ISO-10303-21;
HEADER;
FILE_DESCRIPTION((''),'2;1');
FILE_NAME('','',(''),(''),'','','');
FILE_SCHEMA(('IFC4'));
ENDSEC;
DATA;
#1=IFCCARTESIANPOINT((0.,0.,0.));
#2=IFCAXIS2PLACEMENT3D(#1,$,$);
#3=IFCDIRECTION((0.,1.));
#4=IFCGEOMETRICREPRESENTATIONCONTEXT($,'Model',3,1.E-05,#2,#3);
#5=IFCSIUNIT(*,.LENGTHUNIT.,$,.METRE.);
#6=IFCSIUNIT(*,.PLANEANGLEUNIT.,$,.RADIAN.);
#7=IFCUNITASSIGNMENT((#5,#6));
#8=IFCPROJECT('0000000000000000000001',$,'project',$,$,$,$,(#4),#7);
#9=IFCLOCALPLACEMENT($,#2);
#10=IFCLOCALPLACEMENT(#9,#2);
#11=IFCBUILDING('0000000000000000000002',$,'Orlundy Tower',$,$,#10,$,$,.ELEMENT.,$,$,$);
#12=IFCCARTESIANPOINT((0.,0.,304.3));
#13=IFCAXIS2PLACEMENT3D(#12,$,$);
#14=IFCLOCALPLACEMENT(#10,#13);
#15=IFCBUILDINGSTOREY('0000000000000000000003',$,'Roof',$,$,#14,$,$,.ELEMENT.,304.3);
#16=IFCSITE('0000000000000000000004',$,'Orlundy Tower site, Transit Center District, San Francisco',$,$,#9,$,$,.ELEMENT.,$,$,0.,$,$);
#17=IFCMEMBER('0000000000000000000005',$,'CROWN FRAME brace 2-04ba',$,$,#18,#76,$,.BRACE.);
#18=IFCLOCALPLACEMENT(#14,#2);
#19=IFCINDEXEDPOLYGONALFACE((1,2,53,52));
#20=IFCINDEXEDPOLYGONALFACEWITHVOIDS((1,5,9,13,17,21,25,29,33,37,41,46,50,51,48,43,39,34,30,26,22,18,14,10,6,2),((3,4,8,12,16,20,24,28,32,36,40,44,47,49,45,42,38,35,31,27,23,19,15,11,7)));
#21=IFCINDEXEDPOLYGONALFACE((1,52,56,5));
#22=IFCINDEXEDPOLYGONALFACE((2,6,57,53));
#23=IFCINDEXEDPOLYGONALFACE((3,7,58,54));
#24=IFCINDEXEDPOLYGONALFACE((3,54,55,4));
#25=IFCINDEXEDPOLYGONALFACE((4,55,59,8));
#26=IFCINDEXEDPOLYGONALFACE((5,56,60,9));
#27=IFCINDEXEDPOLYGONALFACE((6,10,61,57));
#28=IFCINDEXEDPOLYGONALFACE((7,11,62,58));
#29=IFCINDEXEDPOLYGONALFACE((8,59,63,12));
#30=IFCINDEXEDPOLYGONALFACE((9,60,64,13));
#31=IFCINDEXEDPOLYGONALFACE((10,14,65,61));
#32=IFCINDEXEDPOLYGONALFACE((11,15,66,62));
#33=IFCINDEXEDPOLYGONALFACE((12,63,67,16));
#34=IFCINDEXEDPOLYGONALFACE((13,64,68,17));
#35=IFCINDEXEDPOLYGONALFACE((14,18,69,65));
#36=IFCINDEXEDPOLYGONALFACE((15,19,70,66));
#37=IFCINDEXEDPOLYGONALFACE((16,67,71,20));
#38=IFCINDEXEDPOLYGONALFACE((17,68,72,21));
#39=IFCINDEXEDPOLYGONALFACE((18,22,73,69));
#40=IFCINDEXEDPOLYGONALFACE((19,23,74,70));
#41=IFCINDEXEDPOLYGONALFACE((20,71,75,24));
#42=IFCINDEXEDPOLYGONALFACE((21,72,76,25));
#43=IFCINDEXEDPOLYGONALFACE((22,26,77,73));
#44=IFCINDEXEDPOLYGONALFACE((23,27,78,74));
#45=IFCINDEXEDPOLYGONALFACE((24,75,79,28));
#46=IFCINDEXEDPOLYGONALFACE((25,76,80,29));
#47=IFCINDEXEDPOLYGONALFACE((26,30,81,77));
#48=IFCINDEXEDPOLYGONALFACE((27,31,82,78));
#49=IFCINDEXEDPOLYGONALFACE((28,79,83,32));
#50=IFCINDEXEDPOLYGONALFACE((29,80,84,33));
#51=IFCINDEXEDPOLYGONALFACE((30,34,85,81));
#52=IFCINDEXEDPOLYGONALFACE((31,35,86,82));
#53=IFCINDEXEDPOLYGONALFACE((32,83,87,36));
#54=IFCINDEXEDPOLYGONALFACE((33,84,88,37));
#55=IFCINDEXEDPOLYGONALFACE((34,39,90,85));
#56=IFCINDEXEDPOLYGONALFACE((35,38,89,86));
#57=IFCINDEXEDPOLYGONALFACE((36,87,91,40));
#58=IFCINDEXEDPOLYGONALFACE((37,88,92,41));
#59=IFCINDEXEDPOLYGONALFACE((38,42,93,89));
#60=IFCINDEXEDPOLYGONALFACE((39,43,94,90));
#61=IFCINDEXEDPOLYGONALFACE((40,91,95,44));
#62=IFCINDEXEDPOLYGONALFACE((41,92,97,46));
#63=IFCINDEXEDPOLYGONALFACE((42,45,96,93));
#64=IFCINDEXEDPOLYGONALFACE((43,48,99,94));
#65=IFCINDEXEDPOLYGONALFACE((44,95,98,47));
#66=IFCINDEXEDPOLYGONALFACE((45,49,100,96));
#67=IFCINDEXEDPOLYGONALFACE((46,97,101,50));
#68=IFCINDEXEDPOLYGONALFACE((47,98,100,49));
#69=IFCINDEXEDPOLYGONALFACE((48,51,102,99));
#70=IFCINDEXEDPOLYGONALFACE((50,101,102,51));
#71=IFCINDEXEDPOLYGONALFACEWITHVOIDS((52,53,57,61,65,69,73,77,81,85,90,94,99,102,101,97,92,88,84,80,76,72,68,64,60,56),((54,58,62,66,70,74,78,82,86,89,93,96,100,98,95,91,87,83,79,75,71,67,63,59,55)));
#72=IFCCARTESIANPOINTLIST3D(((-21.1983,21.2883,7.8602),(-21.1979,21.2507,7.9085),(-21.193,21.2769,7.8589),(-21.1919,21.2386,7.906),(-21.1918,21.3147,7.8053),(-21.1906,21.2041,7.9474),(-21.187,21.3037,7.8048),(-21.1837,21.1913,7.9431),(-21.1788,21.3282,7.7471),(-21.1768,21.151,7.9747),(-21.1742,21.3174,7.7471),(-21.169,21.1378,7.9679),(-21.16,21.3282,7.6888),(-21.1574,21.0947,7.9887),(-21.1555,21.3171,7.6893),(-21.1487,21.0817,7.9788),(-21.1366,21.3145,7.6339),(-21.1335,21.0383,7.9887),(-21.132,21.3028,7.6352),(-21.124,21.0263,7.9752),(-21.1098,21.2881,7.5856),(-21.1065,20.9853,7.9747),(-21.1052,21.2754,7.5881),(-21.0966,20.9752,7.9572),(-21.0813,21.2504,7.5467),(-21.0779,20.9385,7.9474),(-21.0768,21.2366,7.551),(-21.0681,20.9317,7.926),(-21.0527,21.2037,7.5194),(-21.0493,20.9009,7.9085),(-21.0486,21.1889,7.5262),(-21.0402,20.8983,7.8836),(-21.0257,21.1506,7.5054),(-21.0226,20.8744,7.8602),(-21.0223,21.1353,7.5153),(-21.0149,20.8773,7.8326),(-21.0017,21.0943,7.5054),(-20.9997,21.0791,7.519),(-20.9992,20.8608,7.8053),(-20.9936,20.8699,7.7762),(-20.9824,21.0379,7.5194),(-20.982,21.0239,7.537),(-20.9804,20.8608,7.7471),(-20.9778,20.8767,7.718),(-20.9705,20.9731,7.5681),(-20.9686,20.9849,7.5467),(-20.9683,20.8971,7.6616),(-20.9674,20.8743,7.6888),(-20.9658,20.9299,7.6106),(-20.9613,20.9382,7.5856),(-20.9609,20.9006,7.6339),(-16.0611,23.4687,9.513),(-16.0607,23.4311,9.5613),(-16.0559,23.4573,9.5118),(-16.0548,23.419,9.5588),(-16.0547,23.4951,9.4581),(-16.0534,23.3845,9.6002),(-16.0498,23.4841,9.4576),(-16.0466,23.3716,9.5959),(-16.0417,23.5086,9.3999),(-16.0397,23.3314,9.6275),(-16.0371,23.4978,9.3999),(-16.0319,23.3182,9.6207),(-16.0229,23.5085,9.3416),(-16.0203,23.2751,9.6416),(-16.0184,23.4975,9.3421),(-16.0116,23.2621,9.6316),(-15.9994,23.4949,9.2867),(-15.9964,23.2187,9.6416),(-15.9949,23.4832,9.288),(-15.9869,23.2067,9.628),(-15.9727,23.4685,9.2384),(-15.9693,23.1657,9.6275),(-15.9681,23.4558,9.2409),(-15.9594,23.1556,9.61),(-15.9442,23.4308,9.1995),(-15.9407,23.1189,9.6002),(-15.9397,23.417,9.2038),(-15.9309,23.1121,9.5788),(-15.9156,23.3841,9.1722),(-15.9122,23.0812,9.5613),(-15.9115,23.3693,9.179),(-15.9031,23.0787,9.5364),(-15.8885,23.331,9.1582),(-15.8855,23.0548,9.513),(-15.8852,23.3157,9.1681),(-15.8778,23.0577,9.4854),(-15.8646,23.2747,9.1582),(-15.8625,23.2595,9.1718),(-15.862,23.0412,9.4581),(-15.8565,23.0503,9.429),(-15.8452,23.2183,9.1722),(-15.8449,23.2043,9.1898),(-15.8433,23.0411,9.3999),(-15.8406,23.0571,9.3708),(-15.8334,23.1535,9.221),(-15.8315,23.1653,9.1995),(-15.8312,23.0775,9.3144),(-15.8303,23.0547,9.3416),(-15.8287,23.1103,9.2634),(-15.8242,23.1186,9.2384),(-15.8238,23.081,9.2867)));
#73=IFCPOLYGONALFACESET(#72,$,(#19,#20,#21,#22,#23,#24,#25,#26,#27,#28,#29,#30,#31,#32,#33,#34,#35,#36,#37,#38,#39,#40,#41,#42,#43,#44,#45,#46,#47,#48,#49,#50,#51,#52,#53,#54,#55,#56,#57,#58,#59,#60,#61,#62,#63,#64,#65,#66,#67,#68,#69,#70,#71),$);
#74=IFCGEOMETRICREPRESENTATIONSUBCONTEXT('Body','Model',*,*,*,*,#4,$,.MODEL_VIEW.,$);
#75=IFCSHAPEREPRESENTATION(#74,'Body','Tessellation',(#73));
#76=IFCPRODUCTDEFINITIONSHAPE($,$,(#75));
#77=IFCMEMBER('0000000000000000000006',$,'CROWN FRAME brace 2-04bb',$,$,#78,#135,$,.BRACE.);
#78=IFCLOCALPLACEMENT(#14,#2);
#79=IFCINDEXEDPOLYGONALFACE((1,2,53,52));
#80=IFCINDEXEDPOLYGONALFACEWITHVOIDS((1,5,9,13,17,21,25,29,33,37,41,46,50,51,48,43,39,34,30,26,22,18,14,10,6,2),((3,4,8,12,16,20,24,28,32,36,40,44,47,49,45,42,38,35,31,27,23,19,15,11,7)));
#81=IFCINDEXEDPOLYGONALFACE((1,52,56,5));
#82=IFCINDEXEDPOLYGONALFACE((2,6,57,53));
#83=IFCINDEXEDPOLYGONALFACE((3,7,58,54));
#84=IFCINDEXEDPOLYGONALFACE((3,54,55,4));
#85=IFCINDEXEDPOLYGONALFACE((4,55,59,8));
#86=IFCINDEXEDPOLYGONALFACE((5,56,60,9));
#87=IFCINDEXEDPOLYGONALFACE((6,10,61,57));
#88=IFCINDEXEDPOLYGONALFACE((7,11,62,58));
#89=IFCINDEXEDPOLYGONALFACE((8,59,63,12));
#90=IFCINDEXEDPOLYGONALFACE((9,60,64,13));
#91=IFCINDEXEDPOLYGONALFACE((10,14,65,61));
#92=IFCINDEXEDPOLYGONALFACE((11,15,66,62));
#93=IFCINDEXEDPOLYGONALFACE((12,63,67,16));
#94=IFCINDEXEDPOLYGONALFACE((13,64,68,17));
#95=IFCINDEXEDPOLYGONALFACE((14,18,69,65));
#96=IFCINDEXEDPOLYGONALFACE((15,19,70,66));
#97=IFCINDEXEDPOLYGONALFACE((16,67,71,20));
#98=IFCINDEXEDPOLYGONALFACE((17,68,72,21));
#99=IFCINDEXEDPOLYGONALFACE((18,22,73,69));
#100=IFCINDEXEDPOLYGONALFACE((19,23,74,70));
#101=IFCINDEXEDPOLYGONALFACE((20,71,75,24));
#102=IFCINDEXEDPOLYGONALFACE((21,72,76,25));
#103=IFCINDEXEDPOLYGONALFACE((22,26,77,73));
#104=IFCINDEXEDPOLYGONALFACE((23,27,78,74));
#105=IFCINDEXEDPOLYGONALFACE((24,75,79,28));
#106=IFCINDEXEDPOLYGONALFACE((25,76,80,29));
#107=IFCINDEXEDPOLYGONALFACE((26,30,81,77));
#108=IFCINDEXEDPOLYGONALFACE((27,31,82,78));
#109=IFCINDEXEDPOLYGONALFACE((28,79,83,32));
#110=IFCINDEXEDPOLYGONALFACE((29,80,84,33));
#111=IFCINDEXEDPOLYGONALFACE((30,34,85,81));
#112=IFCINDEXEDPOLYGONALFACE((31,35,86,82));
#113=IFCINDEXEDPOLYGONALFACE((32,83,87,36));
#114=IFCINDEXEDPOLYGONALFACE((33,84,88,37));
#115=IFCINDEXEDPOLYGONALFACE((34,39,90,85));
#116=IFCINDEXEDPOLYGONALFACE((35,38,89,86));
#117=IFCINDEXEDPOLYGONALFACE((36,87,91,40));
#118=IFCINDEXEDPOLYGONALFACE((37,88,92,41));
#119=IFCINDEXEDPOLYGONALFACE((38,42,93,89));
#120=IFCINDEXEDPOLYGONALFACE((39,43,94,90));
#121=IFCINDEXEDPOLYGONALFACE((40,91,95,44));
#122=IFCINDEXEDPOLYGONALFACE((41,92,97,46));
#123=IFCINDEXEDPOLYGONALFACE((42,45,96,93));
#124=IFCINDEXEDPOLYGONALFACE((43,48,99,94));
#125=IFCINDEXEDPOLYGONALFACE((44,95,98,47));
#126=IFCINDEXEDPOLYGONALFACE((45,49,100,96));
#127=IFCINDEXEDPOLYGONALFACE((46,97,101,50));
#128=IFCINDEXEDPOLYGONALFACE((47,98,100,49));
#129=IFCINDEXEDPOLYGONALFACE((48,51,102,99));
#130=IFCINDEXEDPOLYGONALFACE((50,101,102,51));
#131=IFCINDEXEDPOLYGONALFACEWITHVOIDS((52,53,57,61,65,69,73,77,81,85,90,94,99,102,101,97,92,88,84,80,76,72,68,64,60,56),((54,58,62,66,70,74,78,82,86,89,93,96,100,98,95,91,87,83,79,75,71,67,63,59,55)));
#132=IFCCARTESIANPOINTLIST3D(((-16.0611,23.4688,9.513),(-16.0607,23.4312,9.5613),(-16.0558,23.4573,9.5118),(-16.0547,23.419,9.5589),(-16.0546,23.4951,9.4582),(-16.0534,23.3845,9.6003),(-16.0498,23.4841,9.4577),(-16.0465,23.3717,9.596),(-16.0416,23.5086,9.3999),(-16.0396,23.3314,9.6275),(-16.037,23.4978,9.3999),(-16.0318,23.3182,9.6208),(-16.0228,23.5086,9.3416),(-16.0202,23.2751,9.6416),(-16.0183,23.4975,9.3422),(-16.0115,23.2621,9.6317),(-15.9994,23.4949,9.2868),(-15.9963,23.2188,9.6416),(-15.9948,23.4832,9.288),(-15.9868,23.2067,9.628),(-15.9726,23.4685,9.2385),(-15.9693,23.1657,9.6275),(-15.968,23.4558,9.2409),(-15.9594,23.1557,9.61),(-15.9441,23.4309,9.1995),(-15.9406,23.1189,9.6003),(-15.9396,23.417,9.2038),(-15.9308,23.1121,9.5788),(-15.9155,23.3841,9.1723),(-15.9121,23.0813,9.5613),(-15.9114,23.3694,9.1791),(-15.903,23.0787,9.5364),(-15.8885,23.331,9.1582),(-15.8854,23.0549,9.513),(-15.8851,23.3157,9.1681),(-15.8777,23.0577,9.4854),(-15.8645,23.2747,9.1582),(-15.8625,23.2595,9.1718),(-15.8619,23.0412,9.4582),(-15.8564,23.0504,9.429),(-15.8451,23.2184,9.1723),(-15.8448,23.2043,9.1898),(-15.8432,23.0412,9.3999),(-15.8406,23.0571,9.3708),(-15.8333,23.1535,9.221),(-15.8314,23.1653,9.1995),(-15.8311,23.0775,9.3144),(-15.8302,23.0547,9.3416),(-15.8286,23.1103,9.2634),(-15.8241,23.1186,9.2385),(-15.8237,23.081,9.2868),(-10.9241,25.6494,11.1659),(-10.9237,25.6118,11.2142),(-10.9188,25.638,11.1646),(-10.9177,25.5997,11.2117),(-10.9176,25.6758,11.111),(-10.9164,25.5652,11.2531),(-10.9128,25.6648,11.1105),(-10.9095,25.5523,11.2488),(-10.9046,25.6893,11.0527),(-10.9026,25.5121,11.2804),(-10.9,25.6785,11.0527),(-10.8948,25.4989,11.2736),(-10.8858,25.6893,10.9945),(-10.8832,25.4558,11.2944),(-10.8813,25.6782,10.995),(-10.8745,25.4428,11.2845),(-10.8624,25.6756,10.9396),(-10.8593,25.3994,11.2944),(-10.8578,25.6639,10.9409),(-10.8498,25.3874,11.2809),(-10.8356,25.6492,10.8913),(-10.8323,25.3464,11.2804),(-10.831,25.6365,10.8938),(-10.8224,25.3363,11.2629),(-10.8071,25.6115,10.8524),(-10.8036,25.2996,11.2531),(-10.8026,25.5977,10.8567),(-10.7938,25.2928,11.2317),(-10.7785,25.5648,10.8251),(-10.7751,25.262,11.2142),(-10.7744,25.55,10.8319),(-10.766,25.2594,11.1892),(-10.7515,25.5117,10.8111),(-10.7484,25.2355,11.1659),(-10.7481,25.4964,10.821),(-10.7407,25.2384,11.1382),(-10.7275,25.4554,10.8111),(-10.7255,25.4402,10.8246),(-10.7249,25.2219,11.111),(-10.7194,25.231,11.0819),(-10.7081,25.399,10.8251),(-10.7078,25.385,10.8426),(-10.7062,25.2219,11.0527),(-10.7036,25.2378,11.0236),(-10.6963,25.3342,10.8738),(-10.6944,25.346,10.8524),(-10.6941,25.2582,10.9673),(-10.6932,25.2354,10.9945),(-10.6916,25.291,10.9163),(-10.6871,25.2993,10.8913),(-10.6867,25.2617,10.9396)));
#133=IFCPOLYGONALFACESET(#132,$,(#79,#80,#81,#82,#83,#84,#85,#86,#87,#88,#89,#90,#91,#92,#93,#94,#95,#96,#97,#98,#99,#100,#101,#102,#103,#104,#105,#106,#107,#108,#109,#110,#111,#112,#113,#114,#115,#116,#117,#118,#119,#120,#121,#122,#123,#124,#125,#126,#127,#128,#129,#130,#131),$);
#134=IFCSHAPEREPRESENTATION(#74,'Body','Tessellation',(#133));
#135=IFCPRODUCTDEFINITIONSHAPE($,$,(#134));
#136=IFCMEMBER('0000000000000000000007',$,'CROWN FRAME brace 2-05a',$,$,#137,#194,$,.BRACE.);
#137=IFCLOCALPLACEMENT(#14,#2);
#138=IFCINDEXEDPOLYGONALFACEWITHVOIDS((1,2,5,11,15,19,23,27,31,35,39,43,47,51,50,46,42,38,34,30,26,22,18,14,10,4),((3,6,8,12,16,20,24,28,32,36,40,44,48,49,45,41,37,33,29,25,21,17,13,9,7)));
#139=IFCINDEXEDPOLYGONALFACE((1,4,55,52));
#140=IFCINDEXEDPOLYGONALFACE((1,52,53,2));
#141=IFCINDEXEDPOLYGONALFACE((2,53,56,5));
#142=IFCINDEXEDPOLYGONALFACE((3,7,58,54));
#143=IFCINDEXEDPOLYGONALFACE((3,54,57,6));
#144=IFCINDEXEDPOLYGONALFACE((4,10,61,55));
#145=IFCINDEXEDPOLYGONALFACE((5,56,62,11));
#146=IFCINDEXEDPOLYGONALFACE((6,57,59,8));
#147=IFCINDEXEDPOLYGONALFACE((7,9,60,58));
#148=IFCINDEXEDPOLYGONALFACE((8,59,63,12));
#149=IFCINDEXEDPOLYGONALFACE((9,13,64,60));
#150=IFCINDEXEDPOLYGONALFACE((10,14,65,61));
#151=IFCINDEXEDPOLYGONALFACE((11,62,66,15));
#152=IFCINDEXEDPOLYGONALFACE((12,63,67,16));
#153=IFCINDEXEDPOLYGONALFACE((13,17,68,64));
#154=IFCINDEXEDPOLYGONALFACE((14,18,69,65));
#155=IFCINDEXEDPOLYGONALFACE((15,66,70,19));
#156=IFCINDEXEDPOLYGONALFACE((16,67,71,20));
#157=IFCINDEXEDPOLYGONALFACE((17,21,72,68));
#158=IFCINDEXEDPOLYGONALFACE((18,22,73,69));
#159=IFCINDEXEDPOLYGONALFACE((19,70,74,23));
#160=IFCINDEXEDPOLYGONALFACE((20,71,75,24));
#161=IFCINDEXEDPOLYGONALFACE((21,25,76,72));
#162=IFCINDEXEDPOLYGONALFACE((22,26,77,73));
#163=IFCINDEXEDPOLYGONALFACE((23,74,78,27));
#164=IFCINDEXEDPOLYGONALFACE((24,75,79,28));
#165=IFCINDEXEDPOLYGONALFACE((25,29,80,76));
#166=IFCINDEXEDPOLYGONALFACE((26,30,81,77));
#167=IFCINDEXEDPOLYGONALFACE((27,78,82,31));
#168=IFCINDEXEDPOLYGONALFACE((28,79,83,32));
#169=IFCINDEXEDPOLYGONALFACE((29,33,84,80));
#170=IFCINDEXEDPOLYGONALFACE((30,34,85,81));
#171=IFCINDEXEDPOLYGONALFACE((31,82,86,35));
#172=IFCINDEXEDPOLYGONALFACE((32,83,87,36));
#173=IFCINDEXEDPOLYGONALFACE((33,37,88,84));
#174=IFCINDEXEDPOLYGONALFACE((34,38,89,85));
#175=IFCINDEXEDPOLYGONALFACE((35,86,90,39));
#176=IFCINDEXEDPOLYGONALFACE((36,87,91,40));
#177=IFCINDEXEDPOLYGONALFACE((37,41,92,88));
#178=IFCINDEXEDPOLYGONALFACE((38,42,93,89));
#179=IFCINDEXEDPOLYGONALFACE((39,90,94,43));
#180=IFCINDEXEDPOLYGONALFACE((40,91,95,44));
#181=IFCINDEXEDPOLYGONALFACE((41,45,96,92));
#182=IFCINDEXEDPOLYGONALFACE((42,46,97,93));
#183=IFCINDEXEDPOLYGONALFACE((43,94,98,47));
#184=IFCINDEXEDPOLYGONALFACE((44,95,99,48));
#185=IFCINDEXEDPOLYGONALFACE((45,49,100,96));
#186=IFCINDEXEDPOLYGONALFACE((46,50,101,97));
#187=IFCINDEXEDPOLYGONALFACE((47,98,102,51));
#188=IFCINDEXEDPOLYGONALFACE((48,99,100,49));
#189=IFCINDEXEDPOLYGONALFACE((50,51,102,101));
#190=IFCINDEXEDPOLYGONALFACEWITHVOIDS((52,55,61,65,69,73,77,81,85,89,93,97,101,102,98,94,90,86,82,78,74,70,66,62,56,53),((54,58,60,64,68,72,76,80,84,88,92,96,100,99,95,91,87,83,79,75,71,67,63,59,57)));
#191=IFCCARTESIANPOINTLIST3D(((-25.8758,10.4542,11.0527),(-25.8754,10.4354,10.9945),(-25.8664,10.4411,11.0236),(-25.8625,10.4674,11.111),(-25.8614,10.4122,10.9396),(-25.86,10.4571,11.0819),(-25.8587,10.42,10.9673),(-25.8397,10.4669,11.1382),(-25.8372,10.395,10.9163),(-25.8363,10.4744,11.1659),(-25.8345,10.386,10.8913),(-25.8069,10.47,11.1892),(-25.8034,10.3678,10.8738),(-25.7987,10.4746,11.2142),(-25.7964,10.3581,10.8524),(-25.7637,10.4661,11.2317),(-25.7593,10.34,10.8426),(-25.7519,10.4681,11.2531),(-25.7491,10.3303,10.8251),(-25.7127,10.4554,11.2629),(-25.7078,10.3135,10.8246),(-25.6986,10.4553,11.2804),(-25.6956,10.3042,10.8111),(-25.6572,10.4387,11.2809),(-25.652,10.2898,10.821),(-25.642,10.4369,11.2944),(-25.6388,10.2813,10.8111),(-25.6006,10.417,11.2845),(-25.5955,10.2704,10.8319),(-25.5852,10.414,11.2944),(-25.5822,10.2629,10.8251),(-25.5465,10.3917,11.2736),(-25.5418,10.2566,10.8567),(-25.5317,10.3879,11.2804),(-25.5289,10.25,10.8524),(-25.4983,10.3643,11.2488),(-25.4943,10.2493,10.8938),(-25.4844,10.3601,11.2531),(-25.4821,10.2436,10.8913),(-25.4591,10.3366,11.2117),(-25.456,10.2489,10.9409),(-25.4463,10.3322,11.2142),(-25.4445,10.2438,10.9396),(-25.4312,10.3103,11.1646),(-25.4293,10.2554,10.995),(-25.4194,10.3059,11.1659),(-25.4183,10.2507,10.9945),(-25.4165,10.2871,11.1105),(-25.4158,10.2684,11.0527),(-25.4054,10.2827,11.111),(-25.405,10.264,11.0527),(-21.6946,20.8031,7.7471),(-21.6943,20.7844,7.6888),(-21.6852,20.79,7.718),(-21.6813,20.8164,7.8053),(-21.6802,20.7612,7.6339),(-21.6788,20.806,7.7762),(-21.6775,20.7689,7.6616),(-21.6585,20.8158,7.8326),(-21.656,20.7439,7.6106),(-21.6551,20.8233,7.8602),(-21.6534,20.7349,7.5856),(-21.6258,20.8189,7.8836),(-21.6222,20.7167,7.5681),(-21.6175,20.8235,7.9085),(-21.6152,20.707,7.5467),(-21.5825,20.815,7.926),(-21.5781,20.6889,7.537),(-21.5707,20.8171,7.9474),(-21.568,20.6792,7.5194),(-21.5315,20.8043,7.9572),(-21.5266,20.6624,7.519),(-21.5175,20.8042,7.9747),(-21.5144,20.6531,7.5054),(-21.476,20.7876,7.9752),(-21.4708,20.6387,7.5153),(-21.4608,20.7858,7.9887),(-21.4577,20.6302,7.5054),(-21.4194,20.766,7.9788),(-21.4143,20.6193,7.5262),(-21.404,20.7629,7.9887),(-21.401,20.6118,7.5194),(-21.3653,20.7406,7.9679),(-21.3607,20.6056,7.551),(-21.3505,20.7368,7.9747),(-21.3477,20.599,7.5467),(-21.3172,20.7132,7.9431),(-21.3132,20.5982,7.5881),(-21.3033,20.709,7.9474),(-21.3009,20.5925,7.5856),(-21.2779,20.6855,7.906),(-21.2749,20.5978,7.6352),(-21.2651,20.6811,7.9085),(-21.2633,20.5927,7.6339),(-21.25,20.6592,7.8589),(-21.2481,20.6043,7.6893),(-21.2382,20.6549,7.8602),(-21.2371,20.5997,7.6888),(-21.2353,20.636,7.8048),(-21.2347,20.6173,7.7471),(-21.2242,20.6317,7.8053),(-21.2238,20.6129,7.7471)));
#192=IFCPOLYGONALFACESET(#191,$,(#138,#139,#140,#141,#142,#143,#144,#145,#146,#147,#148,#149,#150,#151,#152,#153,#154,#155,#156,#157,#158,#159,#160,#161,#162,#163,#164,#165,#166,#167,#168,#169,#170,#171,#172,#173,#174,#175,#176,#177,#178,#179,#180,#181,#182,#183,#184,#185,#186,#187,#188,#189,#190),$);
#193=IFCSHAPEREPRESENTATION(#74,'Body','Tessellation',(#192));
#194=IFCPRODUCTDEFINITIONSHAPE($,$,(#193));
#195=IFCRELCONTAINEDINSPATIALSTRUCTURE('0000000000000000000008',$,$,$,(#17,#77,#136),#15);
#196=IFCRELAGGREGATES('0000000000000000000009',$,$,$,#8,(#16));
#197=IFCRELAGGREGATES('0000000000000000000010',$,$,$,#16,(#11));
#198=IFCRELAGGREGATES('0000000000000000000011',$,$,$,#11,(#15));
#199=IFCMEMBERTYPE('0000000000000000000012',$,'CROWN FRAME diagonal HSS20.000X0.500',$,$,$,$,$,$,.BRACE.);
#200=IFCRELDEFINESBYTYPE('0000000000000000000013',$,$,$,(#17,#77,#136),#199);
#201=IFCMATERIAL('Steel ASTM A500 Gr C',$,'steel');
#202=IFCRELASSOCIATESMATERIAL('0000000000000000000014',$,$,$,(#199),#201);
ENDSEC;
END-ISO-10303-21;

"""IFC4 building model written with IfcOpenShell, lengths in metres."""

from ifc_helpers import new_model, si_unit, direction, frame, origin, origin_2d, place, context, subcontext, project, spatial, hollow_circle, extrude, material, material_profile, profile_set, type_object, element, save


model = new_model("IFC4")

# Units and contexts
model_context = context("Model", 3, precision=1e-05, world=origin(), true_north=direction((0.0, 1.0)))
body_context = subcontext(model_context, "Body", "Model", "MODEL_VIEW")
ifc_project = project(units=[si_unit("LENGTHUNIT", "METRE"), si_unit("PLANEANGLEUNIT", "RADIAN")], contexts=[model_context])

# Site, building, storey
site_placement = place(None, origin())
site = spatial("IfcSite", under=ifc_project, at=site_placement, Name="Orlundy Tower site, Transit Center District, San Francisco", CompositionType="ELEMENT", RefElevation=0.0)
building_placement = place(site_placement, origin())
building = spatial("IfcBuilding", under=site, at=building_placement, Name="Orlundy Tower", CompositionType="ELEMENT")
storey_placement = place(building_placement, frame((0.0, 0.0, 304.3)))
storey = spatial("IfcBuildingStorey", under=building, at=storey_placement, Name="Roof", CompositionType="ELEMENT", Elevation=304.3)

# Members
ifc_material_1 = material(Name="Steel ASTM A500 Gr C", Category="steel")
ifc_material_profile_1 = material_profile(ifc_material_1, hollow_circle(Radius=0.2539, WallThickness=0.0117, at=origin_2d()), Name="HSS20.000X0.500")
ifc_profile_set_1 = profile_set([ifc_material_profile_1], Name="Steel ASTM A500 Gr C")
member_type_1 = type_object("IfcMemberType", Name="CROWN FRAME diagonal HSS20.000X0.500", PredefinedType="BRACE", material=ifc_profile_set_1)
for number, where, z_axis, x_axis, name in (
    (1, (-21.0796, 21.0945, 7.7471), (0.882622, 0.374617, 0.283973), (-0.390702, 0.920517, 0.0), "CROWN FRAME brace 2-04ba"),
    (2, (-15.9424, 23.2749, 9.3999), (0.882599, 0.374667, 0.283979), (-0.390754, 0.920495, 0.0), "CROWN FRAME brace 2-04bb"),
):
    element("IfcMember", number, at=place(storey_placement, frame(where, z_axis=z_axis, x_axis=x_axis)), inside=storey, type_object=member_type_1, Name=name, PredefinedType="BRACE", context=body_context, shape_type="SweptSolid", body=[
        extrude(hollow_circle(Radius=0.2539, WallThickness=0.0117, at=origin_2d()), origin(), (0.0, 0.0, 1.0), 5.8203),
    ])
member_1_placement = place(storey_placement, frame((-21.4592, 20.708, 7.7471), z_axis=(-0.35918, -0.889016, 0.283972), x_axis=(0.927186, -0.374602, 0.0)))
element("IfcMember", 3, at=member_1_placement, inside=storey, type_object=member_type_1, Name="CROWN FRAME brace 2-05a", PredefinedType="BRACE", context=body_context, shape_type="SweptSolid", body=[
    extrude(hollow_circle(Radius=0.2539, WallThickness=0.0117, at=origin_2d()), origin(), (0.0, 0.0, 1.0), 11.6409),
])

save(model, "model.ifc")
